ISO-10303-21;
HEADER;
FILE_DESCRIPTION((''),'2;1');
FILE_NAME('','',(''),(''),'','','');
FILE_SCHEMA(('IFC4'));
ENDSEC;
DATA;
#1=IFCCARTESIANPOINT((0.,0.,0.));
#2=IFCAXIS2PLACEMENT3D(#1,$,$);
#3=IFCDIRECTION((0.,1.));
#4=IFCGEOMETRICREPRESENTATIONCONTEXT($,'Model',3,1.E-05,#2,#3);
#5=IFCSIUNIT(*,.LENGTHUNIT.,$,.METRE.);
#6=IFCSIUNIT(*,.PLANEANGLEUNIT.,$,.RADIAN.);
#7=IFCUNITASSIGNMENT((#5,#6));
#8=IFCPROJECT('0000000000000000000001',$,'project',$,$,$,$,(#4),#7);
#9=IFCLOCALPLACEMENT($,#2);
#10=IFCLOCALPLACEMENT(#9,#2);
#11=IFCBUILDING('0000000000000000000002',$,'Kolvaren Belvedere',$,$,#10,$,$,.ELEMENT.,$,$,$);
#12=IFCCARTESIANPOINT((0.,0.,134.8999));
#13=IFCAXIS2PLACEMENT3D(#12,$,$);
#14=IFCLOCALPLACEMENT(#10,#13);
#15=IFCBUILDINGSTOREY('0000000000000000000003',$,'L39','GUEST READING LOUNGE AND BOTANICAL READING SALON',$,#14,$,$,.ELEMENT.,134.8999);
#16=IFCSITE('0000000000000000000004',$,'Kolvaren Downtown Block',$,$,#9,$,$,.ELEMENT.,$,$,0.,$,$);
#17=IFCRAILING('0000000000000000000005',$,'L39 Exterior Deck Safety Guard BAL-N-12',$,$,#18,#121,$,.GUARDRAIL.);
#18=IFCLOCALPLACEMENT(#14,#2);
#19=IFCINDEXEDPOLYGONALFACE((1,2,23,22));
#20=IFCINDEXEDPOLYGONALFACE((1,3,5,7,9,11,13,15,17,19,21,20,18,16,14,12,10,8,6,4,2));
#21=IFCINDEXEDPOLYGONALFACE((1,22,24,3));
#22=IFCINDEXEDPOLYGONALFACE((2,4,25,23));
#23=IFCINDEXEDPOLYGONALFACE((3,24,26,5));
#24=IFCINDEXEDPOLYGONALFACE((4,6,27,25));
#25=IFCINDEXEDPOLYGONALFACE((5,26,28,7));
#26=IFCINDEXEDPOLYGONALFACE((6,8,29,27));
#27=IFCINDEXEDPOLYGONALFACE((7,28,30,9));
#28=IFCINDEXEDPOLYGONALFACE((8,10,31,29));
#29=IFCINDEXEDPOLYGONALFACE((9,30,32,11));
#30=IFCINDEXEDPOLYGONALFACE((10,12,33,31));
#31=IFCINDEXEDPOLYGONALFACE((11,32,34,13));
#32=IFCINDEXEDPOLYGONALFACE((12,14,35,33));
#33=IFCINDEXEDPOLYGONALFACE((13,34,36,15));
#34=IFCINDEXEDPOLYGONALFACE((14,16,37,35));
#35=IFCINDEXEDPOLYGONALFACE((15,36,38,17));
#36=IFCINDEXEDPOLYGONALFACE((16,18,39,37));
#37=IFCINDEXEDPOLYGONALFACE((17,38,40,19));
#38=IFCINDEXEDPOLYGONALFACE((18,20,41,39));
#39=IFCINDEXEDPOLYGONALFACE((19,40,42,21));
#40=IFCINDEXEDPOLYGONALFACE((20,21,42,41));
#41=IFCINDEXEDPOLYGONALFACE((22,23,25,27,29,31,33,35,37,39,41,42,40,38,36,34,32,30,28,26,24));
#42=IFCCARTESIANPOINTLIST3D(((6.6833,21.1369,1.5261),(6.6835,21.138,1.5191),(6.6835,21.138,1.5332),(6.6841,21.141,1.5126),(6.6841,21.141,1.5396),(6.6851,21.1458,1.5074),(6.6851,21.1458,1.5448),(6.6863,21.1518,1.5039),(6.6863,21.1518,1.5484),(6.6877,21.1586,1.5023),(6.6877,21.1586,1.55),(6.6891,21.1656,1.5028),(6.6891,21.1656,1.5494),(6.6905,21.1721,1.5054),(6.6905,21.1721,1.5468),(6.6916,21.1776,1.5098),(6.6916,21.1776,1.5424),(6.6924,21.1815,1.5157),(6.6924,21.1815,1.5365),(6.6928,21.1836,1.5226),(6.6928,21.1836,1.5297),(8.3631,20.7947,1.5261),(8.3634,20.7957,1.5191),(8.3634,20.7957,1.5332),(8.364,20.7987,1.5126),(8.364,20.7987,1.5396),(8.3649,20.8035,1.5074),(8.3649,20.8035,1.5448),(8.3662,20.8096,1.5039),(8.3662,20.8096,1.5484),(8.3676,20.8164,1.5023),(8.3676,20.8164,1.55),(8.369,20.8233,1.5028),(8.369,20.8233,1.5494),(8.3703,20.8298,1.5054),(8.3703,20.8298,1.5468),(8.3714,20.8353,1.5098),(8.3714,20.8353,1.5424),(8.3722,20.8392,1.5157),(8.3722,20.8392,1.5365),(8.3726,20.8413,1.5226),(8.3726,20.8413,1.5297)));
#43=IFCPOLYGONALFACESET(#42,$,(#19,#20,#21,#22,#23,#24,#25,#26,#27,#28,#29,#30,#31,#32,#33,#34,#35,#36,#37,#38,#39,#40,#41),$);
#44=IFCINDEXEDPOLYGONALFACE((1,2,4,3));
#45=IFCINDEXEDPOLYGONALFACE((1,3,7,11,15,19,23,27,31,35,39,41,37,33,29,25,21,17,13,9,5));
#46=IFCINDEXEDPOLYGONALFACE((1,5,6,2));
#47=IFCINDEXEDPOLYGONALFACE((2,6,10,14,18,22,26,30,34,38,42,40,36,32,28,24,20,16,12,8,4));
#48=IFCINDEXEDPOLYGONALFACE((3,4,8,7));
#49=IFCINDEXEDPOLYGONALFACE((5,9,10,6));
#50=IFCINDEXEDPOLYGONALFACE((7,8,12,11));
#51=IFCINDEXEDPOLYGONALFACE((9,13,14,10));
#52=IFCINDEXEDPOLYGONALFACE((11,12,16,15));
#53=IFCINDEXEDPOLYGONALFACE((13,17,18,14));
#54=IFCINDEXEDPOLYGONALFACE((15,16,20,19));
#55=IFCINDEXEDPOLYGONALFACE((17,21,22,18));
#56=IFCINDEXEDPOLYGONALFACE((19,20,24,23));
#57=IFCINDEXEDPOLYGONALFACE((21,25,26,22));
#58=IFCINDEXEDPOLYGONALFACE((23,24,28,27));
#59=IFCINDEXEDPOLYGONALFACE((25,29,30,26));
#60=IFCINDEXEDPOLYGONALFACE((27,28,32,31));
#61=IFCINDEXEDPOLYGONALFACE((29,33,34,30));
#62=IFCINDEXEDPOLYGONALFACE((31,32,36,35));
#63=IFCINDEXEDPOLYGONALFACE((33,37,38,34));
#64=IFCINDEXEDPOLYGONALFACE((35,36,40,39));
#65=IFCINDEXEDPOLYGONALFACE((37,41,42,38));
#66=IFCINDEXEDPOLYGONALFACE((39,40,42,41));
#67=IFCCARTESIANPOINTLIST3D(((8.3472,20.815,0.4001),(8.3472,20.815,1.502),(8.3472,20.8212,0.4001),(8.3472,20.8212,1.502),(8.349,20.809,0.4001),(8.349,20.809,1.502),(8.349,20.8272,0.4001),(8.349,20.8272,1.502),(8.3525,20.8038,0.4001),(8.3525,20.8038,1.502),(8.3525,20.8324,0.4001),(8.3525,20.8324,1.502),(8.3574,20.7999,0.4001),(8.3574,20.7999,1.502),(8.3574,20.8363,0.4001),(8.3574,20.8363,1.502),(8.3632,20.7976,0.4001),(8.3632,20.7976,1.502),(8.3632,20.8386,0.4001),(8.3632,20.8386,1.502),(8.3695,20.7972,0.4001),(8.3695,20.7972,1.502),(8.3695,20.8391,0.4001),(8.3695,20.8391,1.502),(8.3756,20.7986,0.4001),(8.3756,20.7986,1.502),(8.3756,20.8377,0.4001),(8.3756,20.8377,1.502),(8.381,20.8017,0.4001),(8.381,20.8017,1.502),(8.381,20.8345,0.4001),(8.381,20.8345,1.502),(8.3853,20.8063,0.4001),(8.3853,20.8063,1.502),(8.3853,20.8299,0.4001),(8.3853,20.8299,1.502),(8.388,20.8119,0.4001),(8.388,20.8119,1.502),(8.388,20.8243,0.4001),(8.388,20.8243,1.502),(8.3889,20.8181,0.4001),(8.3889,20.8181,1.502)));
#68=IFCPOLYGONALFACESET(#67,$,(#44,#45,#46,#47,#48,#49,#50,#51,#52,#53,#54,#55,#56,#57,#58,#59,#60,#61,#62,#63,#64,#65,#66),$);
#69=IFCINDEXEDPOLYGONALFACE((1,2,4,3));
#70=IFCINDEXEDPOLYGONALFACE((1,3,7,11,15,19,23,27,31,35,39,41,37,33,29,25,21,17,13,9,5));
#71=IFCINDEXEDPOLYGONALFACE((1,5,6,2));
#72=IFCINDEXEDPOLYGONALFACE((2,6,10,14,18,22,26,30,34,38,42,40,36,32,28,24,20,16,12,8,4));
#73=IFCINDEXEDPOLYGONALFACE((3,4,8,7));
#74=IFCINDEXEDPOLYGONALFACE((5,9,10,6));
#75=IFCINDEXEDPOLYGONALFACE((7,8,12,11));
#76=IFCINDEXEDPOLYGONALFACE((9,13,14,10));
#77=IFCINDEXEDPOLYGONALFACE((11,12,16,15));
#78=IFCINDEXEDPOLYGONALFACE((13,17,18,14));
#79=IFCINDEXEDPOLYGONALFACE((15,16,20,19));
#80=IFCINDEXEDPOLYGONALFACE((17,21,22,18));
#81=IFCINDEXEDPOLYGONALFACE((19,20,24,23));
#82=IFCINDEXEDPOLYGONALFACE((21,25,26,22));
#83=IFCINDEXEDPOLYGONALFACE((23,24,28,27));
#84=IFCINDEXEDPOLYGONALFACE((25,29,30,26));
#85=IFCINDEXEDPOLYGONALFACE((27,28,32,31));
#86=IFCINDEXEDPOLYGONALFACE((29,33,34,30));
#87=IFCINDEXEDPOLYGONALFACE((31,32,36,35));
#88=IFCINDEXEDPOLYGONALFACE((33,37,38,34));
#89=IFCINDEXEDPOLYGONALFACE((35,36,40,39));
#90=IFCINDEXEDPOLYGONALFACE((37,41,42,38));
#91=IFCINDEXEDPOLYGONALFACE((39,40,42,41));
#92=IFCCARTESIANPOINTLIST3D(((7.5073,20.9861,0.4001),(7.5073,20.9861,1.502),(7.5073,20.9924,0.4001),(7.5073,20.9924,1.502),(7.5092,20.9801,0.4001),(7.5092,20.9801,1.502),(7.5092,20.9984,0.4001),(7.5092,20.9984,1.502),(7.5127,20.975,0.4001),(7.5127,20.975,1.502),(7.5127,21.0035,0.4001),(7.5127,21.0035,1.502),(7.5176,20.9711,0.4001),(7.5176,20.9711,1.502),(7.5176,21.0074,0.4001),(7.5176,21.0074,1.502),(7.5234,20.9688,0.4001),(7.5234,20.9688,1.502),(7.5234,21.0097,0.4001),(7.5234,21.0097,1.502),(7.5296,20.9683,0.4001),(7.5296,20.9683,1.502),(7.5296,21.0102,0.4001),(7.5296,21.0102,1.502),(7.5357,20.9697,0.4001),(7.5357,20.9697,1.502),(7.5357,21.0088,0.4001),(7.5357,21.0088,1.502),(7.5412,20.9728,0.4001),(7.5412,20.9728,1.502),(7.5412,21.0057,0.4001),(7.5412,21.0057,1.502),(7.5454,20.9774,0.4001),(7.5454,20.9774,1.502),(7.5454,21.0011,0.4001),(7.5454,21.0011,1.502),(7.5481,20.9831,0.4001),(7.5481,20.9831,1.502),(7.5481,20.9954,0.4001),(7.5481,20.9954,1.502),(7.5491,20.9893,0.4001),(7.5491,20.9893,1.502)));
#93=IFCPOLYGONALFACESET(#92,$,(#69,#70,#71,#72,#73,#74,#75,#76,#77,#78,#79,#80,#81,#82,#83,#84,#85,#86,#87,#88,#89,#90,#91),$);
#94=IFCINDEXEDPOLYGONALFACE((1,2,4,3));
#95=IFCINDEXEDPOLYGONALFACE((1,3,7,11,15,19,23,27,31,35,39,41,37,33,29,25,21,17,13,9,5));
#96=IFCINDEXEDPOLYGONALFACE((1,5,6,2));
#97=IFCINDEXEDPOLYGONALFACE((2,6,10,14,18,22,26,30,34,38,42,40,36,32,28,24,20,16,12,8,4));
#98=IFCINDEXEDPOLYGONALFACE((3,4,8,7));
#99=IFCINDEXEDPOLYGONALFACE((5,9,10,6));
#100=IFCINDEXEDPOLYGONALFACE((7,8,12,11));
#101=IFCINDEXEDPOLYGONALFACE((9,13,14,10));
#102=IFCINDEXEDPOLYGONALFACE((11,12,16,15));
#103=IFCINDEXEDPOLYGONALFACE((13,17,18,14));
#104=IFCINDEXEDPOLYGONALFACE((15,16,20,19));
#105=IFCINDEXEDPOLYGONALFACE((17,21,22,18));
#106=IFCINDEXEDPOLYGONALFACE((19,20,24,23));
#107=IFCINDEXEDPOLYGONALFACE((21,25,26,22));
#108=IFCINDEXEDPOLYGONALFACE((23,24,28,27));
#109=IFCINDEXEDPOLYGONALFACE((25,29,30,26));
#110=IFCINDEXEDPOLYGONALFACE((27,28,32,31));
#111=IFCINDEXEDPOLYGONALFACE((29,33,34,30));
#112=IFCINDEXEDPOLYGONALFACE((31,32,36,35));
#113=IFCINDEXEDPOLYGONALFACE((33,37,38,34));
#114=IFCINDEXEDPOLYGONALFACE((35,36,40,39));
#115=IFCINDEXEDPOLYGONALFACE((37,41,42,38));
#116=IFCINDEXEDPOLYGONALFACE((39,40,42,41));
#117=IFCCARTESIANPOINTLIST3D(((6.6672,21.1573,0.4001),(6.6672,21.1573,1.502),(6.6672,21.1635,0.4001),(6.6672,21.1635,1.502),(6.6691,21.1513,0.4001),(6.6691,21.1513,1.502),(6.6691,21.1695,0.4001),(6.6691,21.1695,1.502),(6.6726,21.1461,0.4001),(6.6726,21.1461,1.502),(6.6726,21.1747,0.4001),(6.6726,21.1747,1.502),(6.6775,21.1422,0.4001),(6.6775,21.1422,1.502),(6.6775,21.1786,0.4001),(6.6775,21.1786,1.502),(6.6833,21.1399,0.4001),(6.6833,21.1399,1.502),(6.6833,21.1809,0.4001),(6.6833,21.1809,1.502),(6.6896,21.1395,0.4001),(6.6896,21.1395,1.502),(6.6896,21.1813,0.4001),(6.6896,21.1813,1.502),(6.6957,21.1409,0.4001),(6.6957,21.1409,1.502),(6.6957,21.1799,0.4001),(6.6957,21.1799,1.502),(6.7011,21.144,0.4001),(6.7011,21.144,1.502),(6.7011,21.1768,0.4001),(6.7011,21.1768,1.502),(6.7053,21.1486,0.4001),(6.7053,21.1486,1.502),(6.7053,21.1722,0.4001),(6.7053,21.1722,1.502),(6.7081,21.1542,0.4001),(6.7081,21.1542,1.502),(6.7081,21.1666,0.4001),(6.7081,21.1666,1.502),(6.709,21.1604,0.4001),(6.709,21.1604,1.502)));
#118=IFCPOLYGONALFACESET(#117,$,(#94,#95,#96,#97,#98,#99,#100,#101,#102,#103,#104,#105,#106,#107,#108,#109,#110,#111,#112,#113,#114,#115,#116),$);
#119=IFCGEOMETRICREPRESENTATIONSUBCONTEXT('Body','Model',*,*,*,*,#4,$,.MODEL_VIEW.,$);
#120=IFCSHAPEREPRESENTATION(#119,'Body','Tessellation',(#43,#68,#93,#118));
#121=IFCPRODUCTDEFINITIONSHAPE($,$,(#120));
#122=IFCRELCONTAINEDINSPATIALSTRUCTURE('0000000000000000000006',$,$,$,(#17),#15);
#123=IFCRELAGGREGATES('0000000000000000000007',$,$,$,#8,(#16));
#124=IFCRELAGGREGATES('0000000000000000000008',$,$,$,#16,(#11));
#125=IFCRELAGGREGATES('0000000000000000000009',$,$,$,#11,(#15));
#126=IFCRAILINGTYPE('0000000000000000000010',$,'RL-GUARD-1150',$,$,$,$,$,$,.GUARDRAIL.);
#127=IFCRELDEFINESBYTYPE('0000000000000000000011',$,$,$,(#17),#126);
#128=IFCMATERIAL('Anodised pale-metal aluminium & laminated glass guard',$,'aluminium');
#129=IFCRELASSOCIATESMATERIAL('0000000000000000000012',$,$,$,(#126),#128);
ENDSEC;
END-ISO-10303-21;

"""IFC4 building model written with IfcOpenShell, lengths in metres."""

from ifc_helpers import new_model, si_unit, direction, frame, origin, origin_2d, place, context, subcontext, project, spatial, circle, extrude, material, type_object, element, save


model = new_model("IFC4")

# Units and contexts
model_context = context("Model", 3, precision=1e-05, world=origin(), true_north=direction((0.0, 1.0)))
body_context = subcontext(model_context, "Body", "Model", "MODEL_VIEW")
ifc_project = project(units=[si_unit("LENGTHUNIT", "METRE"), si_unit("PLANEANGLEUNIT", "RADIAN")], contexts=[model_context])

# Site, building, storey
site_placement = place(None, origin())
site = spatial("IfcSite", under=ifc_project, at=site_placement, Name="Kolvaren Downtown Block", CompositionType="ELEMENT", RefElevation=0.0)
building_placement = place(site_placement, origin())
building = spatial("IfcBuilding", under=site, at=building_placement, Name="Kolvaren Belvedere", CompositionType="ELEMENT")
storey_placement = place(building_placement, frame((0.0, 0.0, 134.8999)))
storey = spatial("IfcBuildingStorey", under=building, at=storey_placement, Name="L39", Description="GUEST READING LOUNGE AND BOTANICAL READING SALON", CompositionType="ELEMENT", Elevation=134.8999)

# Railing
ifc_material_1 = material(Name="Anodised pale-metal aluminium & laminated glass guard", Category="aluminium")
railing_type = type_object("IfcRailingType", Name="RL-GUARD-1150", PredefinedType="GUARDRAIL", material=ifc_material_1)
railing_1_placement = place(storey_placement, frame((8.3679, 20.8181, 0.4001)))
element("IfcRailing", 1, at=railing_1_placement, inside=storey, type_object=railing_type, Name="L39 Exterior Deck Safety Guard BAL-N-12", PredefinedType="GUARDRAIL", context=body_context, shape_type="SweptSolid", body=[
    extrude(circle(Radius=0.0239, at=origin_2d()), frame((0.0, 0.0, 1.126), z_axis=(-0.979868, 0.199648, 0.0), x_axis=(-0.199648, -0.979868, 0.0)), (0.0, 0.0, 1.0), 1.7144),
    extrude(circle(Radius=0.021, at=origin_2d()), origin(), (0.0, 0.0, 1.0), 1.1018),
    extrude(circle(Radius=0.021, at=origin_2d()), frame((-0.8398, 0.1711, 0.0)), (0.0, 0.0, 1.0), 1.1018),
    extrude(circle(Radius=0.021, at=origin_2d()), frame((-1.6799, 0.3423, 0.0)), (0.0, 0.0, 1.0), 1.1018),
])

save(model, "model.ifc")
